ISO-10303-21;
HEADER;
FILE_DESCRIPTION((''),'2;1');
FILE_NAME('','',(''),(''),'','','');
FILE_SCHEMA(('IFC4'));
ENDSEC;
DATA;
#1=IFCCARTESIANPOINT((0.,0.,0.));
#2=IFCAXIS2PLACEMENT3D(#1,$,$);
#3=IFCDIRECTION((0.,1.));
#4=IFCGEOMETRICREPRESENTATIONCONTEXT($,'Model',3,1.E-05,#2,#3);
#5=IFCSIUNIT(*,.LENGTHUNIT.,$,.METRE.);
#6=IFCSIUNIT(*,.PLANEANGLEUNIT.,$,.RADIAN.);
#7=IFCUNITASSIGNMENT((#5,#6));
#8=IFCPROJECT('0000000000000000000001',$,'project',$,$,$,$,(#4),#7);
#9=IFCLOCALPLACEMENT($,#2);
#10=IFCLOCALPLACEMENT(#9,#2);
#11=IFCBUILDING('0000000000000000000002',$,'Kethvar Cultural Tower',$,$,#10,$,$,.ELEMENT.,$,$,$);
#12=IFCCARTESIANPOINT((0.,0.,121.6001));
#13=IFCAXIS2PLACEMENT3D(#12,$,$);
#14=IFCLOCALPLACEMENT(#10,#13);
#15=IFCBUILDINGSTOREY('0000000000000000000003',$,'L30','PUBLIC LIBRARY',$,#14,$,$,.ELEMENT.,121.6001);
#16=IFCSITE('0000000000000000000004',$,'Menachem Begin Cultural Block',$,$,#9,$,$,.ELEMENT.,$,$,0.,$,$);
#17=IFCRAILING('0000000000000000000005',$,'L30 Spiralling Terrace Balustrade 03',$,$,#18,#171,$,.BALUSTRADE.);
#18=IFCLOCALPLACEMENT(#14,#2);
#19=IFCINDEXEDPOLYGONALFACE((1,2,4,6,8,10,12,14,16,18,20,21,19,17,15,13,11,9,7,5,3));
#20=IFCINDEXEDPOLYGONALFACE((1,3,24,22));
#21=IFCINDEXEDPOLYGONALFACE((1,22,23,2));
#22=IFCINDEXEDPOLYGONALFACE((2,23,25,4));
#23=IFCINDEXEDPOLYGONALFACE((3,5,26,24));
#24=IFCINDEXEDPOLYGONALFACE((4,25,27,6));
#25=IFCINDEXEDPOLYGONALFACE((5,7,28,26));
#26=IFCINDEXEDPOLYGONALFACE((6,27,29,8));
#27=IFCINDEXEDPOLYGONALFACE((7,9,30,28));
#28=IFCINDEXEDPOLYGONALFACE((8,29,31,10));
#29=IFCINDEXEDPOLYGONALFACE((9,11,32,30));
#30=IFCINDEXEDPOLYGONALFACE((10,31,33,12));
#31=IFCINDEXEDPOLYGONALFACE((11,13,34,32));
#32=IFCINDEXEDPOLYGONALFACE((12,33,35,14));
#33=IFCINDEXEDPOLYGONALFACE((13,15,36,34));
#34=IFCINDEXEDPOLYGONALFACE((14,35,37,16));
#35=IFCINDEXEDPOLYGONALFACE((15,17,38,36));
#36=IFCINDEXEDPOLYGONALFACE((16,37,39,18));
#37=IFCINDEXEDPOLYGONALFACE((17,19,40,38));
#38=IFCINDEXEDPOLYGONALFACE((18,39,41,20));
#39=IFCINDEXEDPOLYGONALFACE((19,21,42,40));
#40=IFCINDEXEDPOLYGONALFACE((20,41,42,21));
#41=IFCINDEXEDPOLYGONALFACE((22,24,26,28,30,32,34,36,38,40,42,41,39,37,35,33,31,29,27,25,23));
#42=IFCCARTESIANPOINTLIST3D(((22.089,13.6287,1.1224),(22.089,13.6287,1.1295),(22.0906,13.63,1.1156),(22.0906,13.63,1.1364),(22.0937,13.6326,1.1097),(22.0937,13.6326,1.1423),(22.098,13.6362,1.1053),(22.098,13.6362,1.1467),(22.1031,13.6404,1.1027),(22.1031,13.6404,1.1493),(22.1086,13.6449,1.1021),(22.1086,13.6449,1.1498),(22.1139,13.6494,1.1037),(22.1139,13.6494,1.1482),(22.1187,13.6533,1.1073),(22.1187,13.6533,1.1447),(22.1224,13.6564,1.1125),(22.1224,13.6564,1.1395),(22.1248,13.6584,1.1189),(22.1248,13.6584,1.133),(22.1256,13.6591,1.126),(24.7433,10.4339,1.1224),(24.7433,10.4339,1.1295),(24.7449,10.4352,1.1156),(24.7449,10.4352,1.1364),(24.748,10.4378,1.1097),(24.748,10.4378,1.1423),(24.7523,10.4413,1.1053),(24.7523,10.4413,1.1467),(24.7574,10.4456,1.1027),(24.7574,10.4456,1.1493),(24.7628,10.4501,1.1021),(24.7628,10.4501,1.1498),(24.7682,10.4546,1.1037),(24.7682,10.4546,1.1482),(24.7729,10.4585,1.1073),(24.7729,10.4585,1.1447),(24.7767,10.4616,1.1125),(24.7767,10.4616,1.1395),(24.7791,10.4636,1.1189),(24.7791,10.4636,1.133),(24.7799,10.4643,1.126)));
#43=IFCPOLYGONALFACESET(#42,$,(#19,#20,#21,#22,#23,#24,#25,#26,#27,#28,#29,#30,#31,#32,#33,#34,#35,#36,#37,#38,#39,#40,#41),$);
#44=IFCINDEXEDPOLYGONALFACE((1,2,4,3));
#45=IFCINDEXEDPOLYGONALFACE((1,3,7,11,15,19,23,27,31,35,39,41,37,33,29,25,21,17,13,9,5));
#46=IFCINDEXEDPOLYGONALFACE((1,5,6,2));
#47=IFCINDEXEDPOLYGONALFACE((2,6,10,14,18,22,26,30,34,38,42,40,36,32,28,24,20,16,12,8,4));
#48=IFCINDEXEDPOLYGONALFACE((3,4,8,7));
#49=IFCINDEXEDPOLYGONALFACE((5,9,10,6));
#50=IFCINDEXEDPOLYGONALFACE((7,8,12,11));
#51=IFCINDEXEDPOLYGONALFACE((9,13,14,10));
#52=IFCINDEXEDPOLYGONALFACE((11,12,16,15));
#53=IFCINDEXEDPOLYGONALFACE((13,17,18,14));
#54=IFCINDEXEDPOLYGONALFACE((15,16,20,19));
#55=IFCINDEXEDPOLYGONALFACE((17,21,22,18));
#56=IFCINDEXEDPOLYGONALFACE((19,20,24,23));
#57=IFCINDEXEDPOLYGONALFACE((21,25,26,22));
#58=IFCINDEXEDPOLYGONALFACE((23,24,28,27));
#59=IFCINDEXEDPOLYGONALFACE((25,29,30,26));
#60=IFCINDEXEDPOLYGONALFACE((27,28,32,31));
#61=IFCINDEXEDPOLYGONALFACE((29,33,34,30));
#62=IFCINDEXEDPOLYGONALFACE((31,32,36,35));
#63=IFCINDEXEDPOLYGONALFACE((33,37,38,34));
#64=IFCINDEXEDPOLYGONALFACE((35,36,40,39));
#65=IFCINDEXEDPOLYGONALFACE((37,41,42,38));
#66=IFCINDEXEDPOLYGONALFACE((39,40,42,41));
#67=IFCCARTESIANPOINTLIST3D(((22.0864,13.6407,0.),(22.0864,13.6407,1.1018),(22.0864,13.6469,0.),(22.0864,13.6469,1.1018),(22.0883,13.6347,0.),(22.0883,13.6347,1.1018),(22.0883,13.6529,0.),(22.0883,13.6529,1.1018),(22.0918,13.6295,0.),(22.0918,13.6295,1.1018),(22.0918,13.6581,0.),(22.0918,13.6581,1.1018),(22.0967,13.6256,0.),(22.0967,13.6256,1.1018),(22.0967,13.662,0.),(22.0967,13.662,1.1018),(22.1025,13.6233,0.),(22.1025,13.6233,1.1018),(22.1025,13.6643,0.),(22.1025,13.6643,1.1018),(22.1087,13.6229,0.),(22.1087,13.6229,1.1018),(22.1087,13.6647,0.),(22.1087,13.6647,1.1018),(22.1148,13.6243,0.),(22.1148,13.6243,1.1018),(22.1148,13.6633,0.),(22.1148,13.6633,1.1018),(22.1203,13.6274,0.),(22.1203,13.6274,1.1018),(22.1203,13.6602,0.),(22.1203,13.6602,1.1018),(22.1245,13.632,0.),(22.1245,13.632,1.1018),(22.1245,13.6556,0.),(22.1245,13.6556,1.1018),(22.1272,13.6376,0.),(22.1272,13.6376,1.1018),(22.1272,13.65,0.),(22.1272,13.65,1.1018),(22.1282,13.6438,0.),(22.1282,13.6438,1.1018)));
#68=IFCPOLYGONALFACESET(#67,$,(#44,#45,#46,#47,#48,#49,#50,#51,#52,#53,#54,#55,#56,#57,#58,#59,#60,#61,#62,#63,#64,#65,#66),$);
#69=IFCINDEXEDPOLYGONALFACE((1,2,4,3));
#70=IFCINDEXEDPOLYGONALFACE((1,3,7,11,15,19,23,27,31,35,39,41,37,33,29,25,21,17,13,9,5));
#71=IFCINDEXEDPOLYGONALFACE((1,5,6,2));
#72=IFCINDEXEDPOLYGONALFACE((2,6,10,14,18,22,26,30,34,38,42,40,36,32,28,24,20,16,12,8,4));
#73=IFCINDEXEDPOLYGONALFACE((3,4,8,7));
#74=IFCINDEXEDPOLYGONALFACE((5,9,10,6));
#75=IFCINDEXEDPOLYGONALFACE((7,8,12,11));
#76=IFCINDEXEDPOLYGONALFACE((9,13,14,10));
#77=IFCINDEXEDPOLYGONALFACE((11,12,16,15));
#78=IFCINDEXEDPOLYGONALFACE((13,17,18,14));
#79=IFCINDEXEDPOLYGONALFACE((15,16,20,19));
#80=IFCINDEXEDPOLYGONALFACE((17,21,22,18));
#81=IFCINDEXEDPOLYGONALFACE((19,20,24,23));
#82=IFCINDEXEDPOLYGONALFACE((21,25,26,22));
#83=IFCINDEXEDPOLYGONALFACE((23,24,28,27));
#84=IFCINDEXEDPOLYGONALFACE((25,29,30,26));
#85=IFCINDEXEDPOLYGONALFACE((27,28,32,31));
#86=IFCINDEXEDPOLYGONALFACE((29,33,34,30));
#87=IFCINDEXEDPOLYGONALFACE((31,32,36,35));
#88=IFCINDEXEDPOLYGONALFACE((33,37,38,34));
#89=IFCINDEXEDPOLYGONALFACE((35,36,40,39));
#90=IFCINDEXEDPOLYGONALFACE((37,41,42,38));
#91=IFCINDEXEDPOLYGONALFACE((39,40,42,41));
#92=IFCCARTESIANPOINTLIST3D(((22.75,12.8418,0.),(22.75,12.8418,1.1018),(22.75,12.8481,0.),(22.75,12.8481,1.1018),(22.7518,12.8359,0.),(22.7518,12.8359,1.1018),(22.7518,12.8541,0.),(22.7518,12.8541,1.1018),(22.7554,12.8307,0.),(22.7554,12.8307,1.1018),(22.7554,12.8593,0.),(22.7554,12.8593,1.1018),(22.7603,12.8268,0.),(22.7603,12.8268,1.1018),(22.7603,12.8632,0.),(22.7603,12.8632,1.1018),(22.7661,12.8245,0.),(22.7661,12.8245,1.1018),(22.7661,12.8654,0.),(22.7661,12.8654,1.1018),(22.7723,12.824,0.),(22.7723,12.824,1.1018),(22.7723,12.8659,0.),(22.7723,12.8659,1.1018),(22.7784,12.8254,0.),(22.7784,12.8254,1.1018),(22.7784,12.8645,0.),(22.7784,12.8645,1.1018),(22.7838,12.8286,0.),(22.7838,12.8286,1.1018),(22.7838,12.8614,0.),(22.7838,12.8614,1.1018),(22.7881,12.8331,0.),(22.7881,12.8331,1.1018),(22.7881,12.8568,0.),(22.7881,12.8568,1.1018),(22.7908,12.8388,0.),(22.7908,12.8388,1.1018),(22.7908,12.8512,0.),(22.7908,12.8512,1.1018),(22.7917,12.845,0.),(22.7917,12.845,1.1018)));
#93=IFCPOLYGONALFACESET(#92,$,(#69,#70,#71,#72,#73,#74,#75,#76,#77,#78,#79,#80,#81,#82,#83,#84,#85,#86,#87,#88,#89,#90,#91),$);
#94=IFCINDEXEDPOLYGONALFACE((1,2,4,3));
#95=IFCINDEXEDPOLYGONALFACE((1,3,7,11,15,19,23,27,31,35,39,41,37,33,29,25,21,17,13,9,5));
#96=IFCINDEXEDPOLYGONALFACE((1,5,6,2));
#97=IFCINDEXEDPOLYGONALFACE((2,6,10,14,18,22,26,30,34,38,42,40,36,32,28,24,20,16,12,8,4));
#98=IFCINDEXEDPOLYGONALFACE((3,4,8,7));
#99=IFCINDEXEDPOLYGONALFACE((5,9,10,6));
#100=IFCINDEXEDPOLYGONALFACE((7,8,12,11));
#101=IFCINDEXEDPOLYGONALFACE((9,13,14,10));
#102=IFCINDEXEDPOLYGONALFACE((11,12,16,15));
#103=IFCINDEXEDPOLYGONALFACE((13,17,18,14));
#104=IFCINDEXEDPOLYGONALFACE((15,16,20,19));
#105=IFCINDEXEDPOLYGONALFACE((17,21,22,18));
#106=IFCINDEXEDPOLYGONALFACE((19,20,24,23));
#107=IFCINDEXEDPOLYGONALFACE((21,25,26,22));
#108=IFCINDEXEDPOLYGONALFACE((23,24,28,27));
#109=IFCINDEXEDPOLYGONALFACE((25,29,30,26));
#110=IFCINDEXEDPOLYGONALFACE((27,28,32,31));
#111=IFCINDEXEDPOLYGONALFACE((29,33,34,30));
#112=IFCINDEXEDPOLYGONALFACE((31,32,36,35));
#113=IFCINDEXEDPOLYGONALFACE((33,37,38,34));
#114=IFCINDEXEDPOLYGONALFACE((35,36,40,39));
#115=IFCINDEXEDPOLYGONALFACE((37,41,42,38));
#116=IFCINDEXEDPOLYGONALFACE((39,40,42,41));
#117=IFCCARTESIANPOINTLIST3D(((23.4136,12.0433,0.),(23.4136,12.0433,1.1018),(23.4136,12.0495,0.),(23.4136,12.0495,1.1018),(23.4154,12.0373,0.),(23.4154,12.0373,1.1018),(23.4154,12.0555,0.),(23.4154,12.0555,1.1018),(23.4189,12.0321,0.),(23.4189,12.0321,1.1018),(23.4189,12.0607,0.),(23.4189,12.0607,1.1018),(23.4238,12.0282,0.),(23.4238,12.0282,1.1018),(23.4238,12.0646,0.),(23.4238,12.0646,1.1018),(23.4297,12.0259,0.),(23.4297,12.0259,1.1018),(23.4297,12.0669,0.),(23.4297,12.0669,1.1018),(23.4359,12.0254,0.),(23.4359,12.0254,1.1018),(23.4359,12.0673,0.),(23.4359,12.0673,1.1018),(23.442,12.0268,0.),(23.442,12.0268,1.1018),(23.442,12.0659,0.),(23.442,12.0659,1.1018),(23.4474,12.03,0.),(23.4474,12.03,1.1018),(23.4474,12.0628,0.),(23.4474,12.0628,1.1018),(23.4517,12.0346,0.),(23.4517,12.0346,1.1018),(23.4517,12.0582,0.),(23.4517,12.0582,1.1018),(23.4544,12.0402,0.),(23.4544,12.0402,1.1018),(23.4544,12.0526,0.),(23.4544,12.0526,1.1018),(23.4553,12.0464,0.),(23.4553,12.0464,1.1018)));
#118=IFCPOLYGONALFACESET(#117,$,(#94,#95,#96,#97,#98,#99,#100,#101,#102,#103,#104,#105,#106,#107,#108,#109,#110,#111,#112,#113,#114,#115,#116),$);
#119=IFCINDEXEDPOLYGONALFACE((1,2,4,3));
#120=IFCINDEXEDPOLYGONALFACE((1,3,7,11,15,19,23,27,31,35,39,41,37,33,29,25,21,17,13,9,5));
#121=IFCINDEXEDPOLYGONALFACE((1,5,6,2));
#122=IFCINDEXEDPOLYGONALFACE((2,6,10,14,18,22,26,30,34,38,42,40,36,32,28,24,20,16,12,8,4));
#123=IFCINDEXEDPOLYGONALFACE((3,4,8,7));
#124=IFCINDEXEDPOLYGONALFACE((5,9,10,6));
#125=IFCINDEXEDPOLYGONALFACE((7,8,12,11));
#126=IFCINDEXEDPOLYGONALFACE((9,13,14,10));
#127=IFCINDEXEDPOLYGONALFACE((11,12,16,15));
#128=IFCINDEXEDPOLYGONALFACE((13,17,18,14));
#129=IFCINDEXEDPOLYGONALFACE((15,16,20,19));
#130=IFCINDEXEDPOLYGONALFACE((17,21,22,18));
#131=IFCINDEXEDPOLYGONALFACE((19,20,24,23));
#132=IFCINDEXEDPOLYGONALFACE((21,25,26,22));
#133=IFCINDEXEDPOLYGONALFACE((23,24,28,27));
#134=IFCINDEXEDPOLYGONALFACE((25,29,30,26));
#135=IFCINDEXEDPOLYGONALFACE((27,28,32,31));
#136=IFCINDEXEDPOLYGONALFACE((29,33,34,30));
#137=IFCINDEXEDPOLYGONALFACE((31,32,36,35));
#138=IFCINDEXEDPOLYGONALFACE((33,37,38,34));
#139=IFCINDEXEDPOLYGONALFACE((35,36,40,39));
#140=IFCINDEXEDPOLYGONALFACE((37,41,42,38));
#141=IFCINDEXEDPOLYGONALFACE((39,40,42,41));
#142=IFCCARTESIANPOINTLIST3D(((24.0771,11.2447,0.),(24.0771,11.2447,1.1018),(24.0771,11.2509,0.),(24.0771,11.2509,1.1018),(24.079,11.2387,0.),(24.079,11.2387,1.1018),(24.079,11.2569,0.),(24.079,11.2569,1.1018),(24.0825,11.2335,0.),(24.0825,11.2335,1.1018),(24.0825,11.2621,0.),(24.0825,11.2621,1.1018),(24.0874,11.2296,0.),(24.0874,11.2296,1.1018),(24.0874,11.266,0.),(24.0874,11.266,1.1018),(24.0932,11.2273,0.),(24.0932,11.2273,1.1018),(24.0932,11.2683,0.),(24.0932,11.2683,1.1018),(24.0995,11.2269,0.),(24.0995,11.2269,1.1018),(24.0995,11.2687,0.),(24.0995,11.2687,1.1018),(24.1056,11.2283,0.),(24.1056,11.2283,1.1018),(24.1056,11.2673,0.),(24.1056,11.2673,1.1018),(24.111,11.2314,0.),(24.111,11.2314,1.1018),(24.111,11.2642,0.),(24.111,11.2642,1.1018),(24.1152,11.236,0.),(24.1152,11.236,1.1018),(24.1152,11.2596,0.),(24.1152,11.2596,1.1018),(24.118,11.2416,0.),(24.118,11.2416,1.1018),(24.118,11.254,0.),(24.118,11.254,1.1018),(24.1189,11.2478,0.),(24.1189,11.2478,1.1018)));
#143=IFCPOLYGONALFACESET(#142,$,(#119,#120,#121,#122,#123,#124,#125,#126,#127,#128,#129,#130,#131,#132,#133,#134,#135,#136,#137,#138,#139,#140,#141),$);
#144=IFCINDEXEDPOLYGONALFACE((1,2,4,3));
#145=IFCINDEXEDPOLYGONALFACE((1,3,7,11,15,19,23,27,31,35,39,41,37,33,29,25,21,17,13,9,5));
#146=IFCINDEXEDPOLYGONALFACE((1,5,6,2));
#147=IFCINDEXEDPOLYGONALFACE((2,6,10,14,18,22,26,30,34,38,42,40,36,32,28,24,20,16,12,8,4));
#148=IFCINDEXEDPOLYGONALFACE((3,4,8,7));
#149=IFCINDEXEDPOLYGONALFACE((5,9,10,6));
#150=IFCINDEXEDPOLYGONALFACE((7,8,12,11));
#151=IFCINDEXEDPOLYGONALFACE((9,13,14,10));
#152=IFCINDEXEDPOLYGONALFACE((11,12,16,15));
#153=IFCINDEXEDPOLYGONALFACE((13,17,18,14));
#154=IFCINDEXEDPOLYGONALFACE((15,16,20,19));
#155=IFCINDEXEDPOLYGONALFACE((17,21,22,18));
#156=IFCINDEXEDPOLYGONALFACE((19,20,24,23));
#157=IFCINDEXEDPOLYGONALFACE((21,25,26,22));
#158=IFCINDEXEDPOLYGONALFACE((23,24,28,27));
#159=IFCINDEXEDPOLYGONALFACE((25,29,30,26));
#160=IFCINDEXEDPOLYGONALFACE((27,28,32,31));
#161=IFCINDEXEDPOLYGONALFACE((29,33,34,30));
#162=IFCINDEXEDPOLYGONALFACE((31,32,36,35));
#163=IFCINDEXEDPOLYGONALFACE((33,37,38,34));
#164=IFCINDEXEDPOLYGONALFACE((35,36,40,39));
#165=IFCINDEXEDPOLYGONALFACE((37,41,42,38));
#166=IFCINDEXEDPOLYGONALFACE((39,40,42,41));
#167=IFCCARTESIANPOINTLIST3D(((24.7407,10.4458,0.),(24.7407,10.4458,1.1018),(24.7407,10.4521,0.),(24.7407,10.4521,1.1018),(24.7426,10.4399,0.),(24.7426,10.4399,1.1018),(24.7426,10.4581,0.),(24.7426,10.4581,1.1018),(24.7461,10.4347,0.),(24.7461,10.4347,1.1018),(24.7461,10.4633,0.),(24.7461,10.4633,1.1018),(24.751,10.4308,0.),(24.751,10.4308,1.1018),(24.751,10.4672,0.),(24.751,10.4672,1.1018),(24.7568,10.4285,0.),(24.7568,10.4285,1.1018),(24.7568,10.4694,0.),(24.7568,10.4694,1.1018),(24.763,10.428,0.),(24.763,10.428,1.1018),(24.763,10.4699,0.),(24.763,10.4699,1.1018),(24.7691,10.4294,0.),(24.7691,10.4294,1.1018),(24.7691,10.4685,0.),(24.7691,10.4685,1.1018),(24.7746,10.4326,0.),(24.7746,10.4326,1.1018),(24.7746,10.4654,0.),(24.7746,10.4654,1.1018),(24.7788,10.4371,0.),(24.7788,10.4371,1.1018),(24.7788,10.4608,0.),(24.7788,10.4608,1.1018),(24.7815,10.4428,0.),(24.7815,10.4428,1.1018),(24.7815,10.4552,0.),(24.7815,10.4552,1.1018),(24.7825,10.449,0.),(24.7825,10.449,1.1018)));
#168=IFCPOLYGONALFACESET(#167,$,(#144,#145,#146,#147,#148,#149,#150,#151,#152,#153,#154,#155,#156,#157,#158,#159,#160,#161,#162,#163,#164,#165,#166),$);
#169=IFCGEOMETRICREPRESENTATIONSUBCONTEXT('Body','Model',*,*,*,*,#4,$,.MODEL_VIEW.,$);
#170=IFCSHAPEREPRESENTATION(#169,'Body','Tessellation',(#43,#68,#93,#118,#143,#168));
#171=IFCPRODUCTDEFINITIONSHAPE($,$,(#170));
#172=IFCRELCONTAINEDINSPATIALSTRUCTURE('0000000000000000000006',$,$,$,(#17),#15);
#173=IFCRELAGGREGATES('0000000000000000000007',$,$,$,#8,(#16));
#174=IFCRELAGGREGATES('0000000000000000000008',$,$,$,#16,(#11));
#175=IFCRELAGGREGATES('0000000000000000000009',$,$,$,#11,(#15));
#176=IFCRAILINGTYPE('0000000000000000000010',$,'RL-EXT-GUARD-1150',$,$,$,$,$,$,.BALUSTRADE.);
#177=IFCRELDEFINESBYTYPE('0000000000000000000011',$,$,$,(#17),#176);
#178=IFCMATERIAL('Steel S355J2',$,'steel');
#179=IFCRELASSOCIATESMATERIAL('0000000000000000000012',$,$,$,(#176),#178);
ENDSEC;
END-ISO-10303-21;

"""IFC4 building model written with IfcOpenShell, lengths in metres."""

from ifc_helpers import new_model, si_unit, direction, frame, origin, origin_2d, place, context, subcontext, project, spatial, circle, extrude, material, type_object, element, save


model = new_model("IFC4")

# Units and contexts
model_context = context("Model", 3, precision=1e-05, world=origin(), true_north=direction((0.0, 1.0)))
body_context = subcontext(model_context, "Body", "Model", "MODEL_VIEW")
ifc_project = project(units=[si_unit("LENGTHUNIT", "METRE"), si_unit("PLANEANGLEUNIT", "RADIAN")], contexts=[model_context])

# Site, building, storey
site_placement = place(None, origin())
site = spatial("IfcSite", under=ifc_project, at=site_placement, Name="Menachem Begin Cultural Block", CompositionType="ELEMENT", RefElevation=0.0)
building_placement = place(site_placement, origin())
building = spatial("IfcBuilding", under=site, at=building_placement, Name="Kethvar Cultural Tower", CompositionType="ELEMENT")
storey_placement = place(building_placement, frame((0.0, 0.0, 121.6001)))
storey = spatial("IfcBuildingStorey", under=building, at=storey_placement, Name="L30", Description="PUBLIC LIBRARY", CompositionType="ELEMENT", Elevation=121.6001)

# Shared definitions
ifc_material_1 = material(Name="Steel S355J2", Category="steel")

# Railing
railing_type = type_object("IfcRailingType", Name="RL-EXT-GUARD-1150", PredefinedType="BALUSTRADE", material=ifc_material_1)
railing_1_placement = place(storey_placement, frame((22.1072, 13.6438, 0.0)))
element("IfcRailing", 1, at=railing_1_placement, inside=storey, type_object=railing_type, Name="L30 Spiralling Terrace Balustrade 03", PredefinedType="BALUSTRADE", context=body_context, shape_type="SweptSolid", body=[
    extrude(circle(Radius=0.0239, at=origin_2d()), frame((0.0, 0.0, 1.126), z_axis=(0.639039, -0.769174, 0.0), x_axis=(0.769174, 0.639039, 0.0)), (0.0, 0.0, 1.0), 4.1536),
    extrude(circle(Radius=0.021, at=origin_2d()), origin(), (0.0, 0.0, 1.0), 1.1018),
    extrude(circle(Radius=0.021, at=origin_2d()), frame((0.6636, -0.7988, 0.0)), (0.0, 0.0, 1.0), 1.1018),
    extrude(circle(Radius=0.021, at=origin_2d()), frame((1.3271, -1.5974, 0.0)), (0.0, 0.0, 1.0), 1.1018),
    extrude(circle(Radius=0.021, at=origin_2d()), frame((1.9907, -2.396, 0.0)), (0.0, 0.0, 1.0), 1.1018),
    extrude(circle(Radius=0.021, at=origin_2d()), frame((2.6543, -3.1948, 0.0)), (0.0, 0.0, 1.0), 1.1018),
])

save(model, "model.ifc")
